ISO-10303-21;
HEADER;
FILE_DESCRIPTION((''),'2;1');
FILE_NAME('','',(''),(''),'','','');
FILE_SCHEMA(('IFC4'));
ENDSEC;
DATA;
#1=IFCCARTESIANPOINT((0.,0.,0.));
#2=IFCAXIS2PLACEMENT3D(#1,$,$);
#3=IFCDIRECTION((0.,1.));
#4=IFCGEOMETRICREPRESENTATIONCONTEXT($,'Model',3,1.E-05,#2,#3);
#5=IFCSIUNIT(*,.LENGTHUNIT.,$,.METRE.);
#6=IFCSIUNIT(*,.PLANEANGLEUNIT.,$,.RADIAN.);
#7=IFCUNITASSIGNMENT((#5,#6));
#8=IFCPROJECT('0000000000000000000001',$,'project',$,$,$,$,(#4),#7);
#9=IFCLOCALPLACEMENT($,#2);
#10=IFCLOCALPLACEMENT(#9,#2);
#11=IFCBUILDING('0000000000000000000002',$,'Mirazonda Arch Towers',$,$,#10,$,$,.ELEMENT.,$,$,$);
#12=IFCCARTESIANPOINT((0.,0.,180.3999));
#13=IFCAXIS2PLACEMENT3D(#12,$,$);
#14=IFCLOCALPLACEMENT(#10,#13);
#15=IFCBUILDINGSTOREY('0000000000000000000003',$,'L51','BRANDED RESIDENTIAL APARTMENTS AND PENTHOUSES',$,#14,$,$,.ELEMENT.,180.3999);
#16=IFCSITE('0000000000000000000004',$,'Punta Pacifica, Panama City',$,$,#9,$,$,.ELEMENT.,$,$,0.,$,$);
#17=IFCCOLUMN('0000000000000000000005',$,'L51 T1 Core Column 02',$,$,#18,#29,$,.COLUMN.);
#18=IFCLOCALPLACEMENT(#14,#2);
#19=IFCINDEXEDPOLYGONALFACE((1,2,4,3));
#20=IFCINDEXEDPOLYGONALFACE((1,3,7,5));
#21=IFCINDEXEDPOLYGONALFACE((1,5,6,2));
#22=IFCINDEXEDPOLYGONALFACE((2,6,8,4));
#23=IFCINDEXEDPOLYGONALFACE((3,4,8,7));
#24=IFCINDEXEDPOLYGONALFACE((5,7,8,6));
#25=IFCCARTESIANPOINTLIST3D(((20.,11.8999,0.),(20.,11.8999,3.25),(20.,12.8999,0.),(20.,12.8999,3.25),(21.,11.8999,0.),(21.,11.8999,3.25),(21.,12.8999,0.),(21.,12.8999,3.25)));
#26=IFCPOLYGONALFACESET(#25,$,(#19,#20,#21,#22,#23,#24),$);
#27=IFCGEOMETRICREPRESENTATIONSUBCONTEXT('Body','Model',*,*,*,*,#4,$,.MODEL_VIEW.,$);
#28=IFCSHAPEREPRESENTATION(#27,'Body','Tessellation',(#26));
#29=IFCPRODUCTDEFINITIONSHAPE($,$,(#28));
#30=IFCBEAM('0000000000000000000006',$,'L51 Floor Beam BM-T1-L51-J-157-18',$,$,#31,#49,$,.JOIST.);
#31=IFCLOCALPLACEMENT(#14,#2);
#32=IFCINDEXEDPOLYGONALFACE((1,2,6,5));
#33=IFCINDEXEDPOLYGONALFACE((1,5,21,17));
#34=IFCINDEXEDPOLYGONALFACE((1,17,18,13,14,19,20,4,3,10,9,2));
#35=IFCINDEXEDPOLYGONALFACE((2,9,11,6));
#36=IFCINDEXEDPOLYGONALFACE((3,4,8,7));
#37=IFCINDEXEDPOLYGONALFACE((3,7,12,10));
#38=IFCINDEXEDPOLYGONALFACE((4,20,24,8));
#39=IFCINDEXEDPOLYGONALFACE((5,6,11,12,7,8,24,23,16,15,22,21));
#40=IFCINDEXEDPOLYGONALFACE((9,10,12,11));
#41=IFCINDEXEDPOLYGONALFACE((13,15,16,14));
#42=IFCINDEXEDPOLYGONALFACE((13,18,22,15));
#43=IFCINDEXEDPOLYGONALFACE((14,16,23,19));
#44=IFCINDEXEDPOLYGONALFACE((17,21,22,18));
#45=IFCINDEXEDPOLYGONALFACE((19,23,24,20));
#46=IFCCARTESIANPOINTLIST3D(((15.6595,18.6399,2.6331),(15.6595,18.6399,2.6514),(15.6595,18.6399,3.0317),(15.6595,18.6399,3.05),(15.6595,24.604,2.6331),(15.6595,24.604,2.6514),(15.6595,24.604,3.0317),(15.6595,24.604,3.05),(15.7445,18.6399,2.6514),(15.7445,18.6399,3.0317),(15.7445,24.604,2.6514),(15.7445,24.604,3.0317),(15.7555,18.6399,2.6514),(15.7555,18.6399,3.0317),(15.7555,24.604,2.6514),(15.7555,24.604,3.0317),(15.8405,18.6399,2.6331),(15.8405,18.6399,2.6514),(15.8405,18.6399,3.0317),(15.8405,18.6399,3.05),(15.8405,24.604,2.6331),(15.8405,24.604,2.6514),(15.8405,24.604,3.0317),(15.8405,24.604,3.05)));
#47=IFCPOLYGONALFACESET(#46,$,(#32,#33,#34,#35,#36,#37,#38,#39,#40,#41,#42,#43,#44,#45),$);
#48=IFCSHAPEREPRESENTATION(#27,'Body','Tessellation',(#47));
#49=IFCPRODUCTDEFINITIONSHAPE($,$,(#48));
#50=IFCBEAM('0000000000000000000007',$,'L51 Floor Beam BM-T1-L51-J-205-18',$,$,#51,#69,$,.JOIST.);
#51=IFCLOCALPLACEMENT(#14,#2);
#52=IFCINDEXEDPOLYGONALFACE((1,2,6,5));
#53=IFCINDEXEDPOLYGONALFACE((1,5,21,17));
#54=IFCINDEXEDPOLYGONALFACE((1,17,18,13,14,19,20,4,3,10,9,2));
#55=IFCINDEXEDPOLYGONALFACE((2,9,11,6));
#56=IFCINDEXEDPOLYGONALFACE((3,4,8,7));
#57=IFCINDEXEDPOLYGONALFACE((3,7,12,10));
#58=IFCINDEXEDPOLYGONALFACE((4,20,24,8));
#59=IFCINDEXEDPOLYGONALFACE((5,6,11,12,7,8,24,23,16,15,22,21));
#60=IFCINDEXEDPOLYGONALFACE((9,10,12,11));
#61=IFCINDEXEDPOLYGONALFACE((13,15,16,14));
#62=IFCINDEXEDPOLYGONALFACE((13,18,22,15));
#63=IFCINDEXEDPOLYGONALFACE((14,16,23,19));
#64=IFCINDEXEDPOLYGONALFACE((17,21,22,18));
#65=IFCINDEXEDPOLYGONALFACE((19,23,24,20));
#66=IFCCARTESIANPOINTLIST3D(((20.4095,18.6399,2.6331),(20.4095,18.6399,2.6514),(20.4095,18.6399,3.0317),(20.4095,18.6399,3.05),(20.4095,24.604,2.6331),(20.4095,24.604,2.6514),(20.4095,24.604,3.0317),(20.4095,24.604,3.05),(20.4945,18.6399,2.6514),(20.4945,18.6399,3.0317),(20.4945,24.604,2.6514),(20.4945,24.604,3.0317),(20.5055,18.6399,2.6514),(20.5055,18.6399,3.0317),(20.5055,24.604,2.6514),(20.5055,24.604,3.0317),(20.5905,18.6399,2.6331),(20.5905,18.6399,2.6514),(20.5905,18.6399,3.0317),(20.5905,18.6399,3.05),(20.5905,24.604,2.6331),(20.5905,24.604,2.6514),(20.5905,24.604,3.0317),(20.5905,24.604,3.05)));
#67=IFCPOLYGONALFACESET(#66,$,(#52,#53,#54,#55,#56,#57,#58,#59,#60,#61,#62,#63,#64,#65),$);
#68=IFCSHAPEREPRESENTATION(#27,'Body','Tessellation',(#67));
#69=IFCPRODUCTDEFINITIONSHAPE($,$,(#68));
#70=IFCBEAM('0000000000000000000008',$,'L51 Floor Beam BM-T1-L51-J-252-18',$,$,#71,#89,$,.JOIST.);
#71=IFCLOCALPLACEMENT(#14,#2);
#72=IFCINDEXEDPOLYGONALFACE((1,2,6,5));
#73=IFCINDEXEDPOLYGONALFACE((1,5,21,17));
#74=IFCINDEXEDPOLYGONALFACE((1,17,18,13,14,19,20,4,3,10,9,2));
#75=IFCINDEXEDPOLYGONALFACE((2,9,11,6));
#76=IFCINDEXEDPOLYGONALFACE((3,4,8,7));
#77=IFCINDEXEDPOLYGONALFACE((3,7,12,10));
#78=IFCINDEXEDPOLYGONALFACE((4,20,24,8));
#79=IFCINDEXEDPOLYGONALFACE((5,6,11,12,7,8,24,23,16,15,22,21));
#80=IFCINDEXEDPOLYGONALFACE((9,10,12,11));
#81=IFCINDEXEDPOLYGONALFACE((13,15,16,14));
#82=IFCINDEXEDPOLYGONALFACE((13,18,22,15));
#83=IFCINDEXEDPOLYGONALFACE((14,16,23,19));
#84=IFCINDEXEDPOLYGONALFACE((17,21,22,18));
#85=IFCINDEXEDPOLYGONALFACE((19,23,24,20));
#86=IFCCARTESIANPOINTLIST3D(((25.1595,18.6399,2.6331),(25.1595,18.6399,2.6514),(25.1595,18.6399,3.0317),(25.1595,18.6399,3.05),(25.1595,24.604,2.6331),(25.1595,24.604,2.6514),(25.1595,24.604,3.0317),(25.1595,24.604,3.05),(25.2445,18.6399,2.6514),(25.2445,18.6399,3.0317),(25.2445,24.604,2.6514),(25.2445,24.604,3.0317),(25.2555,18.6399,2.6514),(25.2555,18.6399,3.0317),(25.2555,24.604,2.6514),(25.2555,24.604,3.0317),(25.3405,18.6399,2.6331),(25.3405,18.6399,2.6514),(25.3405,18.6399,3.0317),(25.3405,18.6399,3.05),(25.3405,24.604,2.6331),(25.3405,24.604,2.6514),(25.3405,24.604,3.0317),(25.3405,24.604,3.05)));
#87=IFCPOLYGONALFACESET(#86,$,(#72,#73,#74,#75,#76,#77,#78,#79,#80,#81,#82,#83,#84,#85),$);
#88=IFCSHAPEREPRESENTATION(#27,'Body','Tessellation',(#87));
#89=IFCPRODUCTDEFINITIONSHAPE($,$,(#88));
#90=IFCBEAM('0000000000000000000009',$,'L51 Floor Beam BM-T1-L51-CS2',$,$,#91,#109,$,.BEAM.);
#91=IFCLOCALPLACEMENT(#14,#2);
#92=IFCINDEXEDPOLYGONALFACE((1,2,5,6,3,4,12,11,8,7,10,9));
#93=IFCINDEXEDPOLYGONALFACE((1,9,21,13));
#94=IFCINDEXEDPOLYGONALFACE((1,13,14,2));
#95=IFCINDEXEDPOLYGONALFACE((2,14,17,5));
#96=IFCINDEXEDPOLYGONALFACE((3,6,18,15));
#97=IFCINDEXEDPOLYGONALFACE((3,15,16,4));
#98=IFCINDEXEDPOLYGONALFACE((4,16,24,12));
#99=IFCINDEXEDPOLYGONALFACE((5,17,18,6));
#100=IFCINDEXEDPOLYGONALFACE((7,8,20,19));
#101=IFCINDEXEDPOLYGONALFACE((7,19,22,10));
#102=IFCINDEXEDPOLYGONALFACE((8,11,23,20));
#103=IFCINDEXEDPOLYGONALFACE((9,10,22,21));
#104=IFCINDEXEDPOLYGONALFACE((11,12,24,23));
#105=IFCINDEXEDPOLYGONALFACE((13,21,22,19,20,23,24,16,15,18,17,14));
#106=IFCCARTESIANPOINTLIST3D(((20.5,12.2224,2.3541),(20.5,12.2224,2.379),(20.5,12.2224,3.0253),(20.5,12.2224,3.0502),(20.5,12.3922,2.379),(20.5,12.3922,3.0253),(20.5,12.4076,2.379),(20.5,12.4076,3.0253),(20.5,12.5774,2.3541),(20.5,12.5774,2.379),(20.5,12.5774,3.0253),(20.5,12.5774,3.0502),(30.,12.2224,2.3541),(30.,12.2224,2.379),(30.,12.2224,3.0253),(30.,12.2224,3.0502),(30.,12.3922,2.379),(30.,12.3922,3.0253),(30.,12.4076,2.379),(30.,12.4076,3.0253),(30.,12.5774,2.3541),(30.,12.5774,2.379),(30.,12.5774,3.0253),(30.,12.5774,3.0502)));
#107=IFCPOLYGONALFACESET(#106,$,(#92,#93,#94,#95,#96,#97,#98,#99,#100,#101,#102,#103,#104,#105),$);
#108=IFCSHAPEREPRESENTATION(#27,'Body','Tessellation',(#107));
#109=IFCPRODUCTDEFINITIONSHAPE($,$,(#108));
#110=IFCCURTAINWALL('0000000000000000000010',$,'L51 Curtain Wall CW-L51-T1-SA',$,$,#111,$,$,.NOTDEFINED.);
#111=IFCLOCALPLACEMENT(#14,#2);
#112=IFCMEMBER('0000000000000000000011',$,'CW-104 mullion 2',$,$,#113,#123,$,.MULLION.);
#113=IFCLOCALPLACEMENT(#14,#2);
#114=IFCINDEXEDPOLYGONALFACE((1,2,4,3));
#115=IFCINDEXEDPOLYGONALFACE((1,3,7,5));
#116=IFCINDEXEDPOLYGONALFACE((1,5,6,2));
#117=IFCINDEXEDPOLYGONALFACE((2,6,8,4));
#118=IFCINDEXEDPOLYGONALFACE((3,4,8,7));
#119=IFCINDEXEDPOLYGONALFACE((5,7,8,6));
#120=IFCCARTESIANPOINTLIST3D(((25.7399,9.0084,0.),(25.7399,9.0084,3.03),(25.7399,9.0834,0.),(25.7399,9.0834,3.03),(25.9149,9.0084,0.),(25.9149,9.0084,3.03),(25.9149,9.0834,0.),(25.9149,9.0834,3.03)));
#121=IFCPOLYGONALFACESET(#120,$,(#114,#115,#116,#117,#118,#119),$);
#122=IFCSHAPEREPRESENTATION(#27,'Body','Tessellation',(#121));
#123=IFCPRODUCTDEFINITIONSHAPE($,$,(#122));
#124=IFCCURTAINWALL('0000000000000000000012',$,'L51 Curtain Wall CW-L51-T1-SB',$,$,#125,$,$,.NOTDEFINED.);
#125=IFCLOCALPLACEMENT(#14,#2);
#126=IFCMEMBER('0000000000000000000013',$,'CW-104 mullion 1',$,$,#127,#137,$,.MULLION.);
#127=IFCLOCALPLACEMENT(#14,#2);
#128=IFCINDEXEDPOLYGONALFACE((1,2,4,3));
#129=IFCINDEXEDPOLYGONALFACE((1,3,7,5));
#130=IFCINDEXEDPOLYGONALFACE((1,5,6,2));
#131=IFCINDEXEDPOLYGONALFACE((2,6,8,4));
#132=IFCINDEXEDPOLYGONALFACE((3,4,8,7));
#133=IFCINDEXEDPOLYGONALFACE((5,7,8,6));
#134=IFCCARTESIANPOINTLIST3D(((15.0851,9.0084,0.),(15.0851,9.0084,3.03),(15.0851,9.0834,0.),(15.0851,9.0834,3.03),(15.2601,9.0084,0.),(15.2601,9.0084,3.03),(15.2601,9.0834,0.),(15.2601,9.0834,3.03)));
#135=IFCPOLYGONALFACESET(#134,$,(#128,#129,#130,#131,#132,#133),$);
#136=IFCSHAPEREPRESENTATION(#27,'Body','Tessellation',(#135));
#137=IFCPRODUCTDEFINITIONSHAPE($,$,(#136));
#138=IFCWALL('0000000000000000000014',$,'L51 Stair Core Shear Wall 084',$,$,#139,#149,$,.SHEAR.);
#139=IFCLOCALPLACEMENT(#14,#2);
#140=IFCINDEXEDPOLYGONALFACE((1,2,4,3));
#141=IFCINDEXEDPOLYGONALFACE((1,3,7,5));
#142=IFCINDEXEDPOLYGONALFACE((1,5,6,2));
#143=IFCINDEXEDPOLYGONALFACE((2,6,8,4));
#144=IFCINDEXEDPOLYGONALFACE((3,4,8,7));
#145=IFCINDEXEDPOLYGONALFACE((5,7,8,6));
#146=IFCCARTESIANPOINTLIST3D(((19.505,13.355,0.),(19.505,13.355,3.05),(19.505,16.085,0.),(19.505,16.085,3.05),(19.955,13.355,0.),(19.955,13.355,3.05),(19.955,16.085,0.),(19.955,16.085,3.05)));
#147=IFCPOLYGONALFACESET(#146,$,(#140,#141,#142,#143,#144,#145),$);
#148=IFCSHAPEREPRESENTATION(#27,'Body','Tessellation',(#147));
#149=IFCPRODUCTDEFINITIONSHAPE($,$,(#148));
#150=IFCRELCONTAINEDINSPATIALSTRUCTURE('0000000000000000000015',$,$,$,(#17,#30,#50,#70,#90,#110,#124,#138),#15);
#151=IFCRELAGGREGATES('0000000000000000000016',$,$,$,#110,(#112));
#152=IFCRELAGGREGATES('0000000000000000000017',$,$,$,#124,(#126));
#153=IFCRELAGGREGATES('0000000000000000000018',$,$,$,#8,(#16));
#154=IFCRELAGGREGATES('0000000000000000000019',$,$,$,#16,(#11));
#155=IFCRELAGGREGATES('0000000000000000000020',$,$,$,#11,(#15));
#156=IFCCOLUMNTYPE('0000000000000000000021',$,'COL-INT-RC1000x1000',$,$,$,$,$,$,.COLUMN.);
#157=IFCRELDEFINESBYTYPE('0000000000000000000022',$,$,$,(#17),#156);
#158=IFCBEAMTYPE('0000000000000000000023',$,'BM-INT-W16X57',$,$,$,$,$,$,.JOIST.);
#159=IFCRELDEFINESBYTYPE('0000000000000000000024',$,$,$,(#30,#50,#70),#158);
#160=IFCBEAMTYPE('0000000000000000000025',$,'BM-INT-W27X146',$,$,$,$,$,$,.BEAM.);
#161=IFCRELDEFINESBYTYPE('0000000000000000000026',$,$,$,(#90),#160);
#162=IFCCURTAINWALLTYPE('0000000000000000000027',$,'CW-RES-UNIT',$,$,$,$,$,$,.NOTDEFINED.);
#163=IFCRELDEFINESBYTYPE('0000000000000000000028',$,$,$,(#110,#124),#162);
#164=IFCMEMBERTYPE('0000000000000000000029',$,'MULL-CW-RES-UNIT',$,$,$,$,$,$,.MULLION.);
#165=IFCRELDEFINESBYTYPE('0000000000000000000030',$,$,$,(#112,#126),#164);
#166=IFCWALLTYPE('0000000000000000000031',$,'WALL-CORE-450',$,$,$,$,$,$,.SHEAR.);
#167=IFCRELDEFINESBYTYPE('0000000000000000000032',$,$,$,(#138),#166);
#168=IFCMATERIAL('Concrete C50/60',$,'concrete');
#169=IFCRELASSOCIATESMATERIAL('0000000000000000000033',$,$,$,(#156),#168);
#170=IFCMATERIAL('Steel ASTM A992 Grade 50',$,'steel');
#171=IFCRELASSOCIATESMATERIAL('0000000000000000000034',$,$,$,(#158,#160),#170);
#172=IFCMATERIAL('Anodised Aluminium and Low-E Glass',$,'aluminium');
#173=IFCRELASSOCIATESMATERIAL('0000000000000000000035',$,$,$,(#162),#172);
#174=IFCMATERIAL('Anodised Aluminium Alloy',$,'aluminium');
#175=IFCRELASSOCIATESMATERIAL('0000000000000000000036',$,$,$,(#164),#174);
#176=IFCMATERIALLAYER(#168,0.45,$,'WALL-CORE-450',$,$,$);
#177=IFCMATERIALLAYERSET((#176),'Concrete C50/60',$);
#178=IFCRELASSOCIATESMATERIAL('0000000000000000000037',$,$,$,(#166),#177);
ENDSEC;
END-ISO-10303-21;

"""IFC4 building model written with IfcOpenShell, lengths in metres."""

from ifc_helpers import new_model, si_unit, direction, frame, frame_2d, origin, origin_2d, place, context, subcontext, project, spatial, rectangle, i_section, extrude, material, layer, layer_set, material_profile, profile_set, type_object, element, aggregate, save


model = new_model("IFC4")

# Units and contexts
model_context = context("Model", 3, precision=1e-05, world=origin(), true_north=direction((0.0, 1.0)))
body_context = subcontext(model_context, "Body", "Model", "MODEL_VIEW")
ifc_project = project(units=[si_unit("LENGTHUNIT", "METRE"), si_unit("PLANEANGLEUNIT", "RADIAN")], contexts=[model_context])

# Site, building, storey
site_placement = place(None, origin())
site = spatial("IfcSite", under=ifc_project, at=site_placement, Name="Punta Pacifica, Panama City", CompositionType="ELEMENT", RefElevation=0.0)
building_placement = place(site_placement, origin())
building = spatial("IfcBuilding", under=site, at=building_placement, Name="Mirazonda Arch Towers", CompositionType="ELEMENT")
storey_placement = place(building_placement, frame((0.0, 0.0, 180.3999)))
storey = spatial("IfcBuildingStorey", under=building, at=storey_placement, Name="L51", Description="BRANDED RESIDENTIAL APARTMENTS AND PENTHOUSES", CompositionType="ELEMENT", Elevation=180.3999)

# Column
ifc_material_1 = material(Name="Concrete C50/60", Category="concrete")
ifc_material_profile_1 = material_profile(ifc_material_1, rectangle(XDim=1.0, YDim=1.0, at=origin_2d()), Name="RC1000x1000")
ifc_profile_set_1 = profile_set([ifc_material_profile_1], Name="Concrete C50/60")
column_type = type_object("IfcColumnType", Name="COL-INT-RC1000x1000", PredefinedType="COLUMN", material=ifc_profile_set_1)
column_placement = place(storey_placement, frame((20.5, 12.3999, 0.0), z_axis=(0.0, 0.0, 1.0), x_axis=(1.0, 0.0, 0.0)))
element("IfcColumn", 1, at=column_placement, inside=storey, type_object=column_type, Name="L51 T1 Core Column 02", PredefinedType="COLUMN", context=body_context, shape_type="SweptSolid", body=[
    extrude(rectangle(XDim=1.0, YDim=1.0, at=origin_2d()), origin(), (0.0, 0.0, 1.0), 3.25),
])

# Beams
ifc_material_2 = material(Name="Steel ASTM A992 Grade 50", Category="steel")
ifc_material_profile_2 = material_profile(ifc_material_2, i_section(OverallWidth=0.1809, OverallDepth=0.417, WebThickness=0.011, FlangeThickness=0.0183, at=origin_2d()), Name="W16X57")
ifc_profile_set_2 = profile_set([ifc_material_profile_2], Name="Steel ASTM A992 Grade 50")
beam_type_1 = type_object("IfcBeamType", Name="BM-INT-W16X57", PredefinedType="JOIST", material=ifc_profile_set_2)
for number, where, z_axis, x_axis, name in (
    (2, (15.75, 18.6399, 2.8416), (0.0, 1.0, 0.0), (-1.0, 0.0, 0.0), "L51 Floor Beam BM-T1-L51-J-157-18"),
    (3, (20.5, 18.6399, 2.8416), (0.0, 1.0, 0.0), (-1.0, 0.0, 0.0), "L51 Floor Beam BM-T1-L51-J-205-18"),
    (4, (25.25, 18.6399, 2.8416), (0.0, 1.0, 0.0), (-1.0, 0.0, 0.0), "L51 Floor Beam BM-T1-L51-J-252-18"),
):
    element("IfcBeam", number, at=place(storey_placement, frame(where, z_axis=z_axis, x_axis=x_axis)), inside=storey, type_object=beam_type_1, Name=name, PredefinedType="JOIST", context=body_context, shape_type="SweptSolid", body=[
        extrude(i_section(OverallWidth=0.1809, OverallDepth=0.417, WebThickness=0.011, FlangeThickness=0.0183, at=origin_2d()), origin(), (0.0, 0.0, 1.0), 5.9641),
    ])
ifc_material_profile_3 = material_profile(ifc_material_2, i_section(OverallWidth=0.355, OverallDepth=0.696, WebThickness=0.0154, FlangeThickness=0.0249, at=origin_2d()), Name="W27X146")
ifc_profile_set_3 = profile_set([ifc_material_profile_3], Name="Steel ASTM A992 Grade 50")
beam_type_2 = type_object("IfcBeamType", Name="BM-INT-W27X146", PredefinedType="BEAM", material=ifc_profile_set_3)
beam_placement = place(storey_placement, frame((20.5, 12.3999, 2.7021), z_axis=(1.0, 0.0, 0.0), x_axis=(0.0, 1.0, 0.0)))
element("IfcBeam", 5, at=beam_placement, inside=storey, type_object=beam_type_2, Name="L51 Floor Beam BM-T1-L51-CS2", PredefinedType="BEAM", context=body_context, shape_type="SweptSolid", body=[
    extrude(i_section(OverallWidth=0.355, OverallDepth=0.696, WebThickness=0.0154, FlangeThickness=0.0249, at=origin_2d()), origin(), (0.0, 0.0, 1.0), 9.5),
])

# Curtain walls, members
ifc_material_3 = material(Name="Anodised Aluminium and Low-E Glass", Category="aluminium")
curtain_wall_type = type_object("IfcCurtainWallType", Name="CW-RES-UNIT", PredefinedType="NOTDEFINED", material=ifc_material_3)
curtain_wall_1_placement = place(storey_placement, origin())
curtain_wall_1 = element("IfcCurtainWall", 6, at=curtain_wall_1_placement, inside=storey, type_object=curtain_wall_type, Name="L51 Curtain Wall CW-L51-T1-SA", PredefinedType="NOTDEFINED")
ifc_material_4 = material(Name="Anodised Aluminium Alloy", Category="aluminium")
ifc_material_profile_4 = material_profile(ifc_material_4, rectangle(XDim=0.075, YDim=0.175, at=origin_2d()), Name="ALU-MULL-75x175")
ifc_profile_set_4 = profile_set([ifc_material_profile_4], Name="Anodised Aluminium Alloy")
member_type = type_object("IfcMemberType", Name="MULL-CW-RES-UNIT", PredefinedType="MULLION", material=ifc_profile_set_4)
member_1_placement = place(storey_placement, frame((25.8274, 9.0459, 0.0), z_axis=(0.0, 0.0, 1.0), x_axis=(0.0, -1.0, 0.0)))
member_1 = element("IfcMember", 7, at=member_1_placement, type_object=member_type, Name="CW-104 mullion 2", PredefinedType="MULLION", context=body_context, shape_type="SweptSolid", body=[
    extrude(rectangle(XDim=0.075, YDim=0.175, at=origin_2d()), origin(), (0.0, 0.0, 1.0), 3.03),
])
aggregate(curtain_wall_1, [member_1])
curtain_wall_2_placement = place(storey_placement, origin())
curtain_wall_2 = element("IfcCurtainWall", 8, at=curtain_wall_2_placement, inside=storey, type_object=curtain_wall_type, Name="L51 Curtain Wall CW-L51-T1-SB", PredefinedType="NOTDEFINED")
member_2_placement = place(storey_placement, frame((15.1726, 9.0459, 0.0), z_axis=(0.0, 0.0, 1.0), x_axis=(0.0, -1.0, 0.0)))
member_2 = element("IfcMember", 9, at=member_2_placement, type_object=member_type, Name="CW-104 mullion 1", PredefinedType="MULLION", context=body_context, shape_type="SweptSolid", body=[
    extrude(rectangle(XDim=0.075, YDim=0.175, at=origin_2d()), origin(), (0.0, 0.0, 1.0), 3.03),
])
aggregate(curtain_wall_2, [member_2])

# Wall
ifc_layer_1 = layer(ifc_material_1, 0.45, Name="WALL-CORE-450")
ifc_layer_set_1 = layer_set([ifc_layer_1], Name="Concrete C50/60")
wall_type_1 = type_object("IfcWallType", Name="WALL-CORE-450", PredefinedType="SHEAR", material=ifc_layer_set_1)
wall_1_placement = place(storey_placement, frame((19.73, 13.355, 0.0), z_axis=(0.0, 0.0, 1.0), x_axis=(0.0, 1.0, 0.0)))
element("IfcWall", 10, at=wall_1_placement, inside=storey, type_object=wall_type_1, Name="L51 Stair Core Shear Wall 084", PredefinedType="SHEAR", context=body_context, shape_type="SweptSolid", body=[
    extrude(rectangle(XDim=2.73, YDim=0.45, at=frame_2d((1.365, 0.0))), origin(), (0.0, 0.0, 1.0), 3.05),
])

save(model, "model.ifc")
